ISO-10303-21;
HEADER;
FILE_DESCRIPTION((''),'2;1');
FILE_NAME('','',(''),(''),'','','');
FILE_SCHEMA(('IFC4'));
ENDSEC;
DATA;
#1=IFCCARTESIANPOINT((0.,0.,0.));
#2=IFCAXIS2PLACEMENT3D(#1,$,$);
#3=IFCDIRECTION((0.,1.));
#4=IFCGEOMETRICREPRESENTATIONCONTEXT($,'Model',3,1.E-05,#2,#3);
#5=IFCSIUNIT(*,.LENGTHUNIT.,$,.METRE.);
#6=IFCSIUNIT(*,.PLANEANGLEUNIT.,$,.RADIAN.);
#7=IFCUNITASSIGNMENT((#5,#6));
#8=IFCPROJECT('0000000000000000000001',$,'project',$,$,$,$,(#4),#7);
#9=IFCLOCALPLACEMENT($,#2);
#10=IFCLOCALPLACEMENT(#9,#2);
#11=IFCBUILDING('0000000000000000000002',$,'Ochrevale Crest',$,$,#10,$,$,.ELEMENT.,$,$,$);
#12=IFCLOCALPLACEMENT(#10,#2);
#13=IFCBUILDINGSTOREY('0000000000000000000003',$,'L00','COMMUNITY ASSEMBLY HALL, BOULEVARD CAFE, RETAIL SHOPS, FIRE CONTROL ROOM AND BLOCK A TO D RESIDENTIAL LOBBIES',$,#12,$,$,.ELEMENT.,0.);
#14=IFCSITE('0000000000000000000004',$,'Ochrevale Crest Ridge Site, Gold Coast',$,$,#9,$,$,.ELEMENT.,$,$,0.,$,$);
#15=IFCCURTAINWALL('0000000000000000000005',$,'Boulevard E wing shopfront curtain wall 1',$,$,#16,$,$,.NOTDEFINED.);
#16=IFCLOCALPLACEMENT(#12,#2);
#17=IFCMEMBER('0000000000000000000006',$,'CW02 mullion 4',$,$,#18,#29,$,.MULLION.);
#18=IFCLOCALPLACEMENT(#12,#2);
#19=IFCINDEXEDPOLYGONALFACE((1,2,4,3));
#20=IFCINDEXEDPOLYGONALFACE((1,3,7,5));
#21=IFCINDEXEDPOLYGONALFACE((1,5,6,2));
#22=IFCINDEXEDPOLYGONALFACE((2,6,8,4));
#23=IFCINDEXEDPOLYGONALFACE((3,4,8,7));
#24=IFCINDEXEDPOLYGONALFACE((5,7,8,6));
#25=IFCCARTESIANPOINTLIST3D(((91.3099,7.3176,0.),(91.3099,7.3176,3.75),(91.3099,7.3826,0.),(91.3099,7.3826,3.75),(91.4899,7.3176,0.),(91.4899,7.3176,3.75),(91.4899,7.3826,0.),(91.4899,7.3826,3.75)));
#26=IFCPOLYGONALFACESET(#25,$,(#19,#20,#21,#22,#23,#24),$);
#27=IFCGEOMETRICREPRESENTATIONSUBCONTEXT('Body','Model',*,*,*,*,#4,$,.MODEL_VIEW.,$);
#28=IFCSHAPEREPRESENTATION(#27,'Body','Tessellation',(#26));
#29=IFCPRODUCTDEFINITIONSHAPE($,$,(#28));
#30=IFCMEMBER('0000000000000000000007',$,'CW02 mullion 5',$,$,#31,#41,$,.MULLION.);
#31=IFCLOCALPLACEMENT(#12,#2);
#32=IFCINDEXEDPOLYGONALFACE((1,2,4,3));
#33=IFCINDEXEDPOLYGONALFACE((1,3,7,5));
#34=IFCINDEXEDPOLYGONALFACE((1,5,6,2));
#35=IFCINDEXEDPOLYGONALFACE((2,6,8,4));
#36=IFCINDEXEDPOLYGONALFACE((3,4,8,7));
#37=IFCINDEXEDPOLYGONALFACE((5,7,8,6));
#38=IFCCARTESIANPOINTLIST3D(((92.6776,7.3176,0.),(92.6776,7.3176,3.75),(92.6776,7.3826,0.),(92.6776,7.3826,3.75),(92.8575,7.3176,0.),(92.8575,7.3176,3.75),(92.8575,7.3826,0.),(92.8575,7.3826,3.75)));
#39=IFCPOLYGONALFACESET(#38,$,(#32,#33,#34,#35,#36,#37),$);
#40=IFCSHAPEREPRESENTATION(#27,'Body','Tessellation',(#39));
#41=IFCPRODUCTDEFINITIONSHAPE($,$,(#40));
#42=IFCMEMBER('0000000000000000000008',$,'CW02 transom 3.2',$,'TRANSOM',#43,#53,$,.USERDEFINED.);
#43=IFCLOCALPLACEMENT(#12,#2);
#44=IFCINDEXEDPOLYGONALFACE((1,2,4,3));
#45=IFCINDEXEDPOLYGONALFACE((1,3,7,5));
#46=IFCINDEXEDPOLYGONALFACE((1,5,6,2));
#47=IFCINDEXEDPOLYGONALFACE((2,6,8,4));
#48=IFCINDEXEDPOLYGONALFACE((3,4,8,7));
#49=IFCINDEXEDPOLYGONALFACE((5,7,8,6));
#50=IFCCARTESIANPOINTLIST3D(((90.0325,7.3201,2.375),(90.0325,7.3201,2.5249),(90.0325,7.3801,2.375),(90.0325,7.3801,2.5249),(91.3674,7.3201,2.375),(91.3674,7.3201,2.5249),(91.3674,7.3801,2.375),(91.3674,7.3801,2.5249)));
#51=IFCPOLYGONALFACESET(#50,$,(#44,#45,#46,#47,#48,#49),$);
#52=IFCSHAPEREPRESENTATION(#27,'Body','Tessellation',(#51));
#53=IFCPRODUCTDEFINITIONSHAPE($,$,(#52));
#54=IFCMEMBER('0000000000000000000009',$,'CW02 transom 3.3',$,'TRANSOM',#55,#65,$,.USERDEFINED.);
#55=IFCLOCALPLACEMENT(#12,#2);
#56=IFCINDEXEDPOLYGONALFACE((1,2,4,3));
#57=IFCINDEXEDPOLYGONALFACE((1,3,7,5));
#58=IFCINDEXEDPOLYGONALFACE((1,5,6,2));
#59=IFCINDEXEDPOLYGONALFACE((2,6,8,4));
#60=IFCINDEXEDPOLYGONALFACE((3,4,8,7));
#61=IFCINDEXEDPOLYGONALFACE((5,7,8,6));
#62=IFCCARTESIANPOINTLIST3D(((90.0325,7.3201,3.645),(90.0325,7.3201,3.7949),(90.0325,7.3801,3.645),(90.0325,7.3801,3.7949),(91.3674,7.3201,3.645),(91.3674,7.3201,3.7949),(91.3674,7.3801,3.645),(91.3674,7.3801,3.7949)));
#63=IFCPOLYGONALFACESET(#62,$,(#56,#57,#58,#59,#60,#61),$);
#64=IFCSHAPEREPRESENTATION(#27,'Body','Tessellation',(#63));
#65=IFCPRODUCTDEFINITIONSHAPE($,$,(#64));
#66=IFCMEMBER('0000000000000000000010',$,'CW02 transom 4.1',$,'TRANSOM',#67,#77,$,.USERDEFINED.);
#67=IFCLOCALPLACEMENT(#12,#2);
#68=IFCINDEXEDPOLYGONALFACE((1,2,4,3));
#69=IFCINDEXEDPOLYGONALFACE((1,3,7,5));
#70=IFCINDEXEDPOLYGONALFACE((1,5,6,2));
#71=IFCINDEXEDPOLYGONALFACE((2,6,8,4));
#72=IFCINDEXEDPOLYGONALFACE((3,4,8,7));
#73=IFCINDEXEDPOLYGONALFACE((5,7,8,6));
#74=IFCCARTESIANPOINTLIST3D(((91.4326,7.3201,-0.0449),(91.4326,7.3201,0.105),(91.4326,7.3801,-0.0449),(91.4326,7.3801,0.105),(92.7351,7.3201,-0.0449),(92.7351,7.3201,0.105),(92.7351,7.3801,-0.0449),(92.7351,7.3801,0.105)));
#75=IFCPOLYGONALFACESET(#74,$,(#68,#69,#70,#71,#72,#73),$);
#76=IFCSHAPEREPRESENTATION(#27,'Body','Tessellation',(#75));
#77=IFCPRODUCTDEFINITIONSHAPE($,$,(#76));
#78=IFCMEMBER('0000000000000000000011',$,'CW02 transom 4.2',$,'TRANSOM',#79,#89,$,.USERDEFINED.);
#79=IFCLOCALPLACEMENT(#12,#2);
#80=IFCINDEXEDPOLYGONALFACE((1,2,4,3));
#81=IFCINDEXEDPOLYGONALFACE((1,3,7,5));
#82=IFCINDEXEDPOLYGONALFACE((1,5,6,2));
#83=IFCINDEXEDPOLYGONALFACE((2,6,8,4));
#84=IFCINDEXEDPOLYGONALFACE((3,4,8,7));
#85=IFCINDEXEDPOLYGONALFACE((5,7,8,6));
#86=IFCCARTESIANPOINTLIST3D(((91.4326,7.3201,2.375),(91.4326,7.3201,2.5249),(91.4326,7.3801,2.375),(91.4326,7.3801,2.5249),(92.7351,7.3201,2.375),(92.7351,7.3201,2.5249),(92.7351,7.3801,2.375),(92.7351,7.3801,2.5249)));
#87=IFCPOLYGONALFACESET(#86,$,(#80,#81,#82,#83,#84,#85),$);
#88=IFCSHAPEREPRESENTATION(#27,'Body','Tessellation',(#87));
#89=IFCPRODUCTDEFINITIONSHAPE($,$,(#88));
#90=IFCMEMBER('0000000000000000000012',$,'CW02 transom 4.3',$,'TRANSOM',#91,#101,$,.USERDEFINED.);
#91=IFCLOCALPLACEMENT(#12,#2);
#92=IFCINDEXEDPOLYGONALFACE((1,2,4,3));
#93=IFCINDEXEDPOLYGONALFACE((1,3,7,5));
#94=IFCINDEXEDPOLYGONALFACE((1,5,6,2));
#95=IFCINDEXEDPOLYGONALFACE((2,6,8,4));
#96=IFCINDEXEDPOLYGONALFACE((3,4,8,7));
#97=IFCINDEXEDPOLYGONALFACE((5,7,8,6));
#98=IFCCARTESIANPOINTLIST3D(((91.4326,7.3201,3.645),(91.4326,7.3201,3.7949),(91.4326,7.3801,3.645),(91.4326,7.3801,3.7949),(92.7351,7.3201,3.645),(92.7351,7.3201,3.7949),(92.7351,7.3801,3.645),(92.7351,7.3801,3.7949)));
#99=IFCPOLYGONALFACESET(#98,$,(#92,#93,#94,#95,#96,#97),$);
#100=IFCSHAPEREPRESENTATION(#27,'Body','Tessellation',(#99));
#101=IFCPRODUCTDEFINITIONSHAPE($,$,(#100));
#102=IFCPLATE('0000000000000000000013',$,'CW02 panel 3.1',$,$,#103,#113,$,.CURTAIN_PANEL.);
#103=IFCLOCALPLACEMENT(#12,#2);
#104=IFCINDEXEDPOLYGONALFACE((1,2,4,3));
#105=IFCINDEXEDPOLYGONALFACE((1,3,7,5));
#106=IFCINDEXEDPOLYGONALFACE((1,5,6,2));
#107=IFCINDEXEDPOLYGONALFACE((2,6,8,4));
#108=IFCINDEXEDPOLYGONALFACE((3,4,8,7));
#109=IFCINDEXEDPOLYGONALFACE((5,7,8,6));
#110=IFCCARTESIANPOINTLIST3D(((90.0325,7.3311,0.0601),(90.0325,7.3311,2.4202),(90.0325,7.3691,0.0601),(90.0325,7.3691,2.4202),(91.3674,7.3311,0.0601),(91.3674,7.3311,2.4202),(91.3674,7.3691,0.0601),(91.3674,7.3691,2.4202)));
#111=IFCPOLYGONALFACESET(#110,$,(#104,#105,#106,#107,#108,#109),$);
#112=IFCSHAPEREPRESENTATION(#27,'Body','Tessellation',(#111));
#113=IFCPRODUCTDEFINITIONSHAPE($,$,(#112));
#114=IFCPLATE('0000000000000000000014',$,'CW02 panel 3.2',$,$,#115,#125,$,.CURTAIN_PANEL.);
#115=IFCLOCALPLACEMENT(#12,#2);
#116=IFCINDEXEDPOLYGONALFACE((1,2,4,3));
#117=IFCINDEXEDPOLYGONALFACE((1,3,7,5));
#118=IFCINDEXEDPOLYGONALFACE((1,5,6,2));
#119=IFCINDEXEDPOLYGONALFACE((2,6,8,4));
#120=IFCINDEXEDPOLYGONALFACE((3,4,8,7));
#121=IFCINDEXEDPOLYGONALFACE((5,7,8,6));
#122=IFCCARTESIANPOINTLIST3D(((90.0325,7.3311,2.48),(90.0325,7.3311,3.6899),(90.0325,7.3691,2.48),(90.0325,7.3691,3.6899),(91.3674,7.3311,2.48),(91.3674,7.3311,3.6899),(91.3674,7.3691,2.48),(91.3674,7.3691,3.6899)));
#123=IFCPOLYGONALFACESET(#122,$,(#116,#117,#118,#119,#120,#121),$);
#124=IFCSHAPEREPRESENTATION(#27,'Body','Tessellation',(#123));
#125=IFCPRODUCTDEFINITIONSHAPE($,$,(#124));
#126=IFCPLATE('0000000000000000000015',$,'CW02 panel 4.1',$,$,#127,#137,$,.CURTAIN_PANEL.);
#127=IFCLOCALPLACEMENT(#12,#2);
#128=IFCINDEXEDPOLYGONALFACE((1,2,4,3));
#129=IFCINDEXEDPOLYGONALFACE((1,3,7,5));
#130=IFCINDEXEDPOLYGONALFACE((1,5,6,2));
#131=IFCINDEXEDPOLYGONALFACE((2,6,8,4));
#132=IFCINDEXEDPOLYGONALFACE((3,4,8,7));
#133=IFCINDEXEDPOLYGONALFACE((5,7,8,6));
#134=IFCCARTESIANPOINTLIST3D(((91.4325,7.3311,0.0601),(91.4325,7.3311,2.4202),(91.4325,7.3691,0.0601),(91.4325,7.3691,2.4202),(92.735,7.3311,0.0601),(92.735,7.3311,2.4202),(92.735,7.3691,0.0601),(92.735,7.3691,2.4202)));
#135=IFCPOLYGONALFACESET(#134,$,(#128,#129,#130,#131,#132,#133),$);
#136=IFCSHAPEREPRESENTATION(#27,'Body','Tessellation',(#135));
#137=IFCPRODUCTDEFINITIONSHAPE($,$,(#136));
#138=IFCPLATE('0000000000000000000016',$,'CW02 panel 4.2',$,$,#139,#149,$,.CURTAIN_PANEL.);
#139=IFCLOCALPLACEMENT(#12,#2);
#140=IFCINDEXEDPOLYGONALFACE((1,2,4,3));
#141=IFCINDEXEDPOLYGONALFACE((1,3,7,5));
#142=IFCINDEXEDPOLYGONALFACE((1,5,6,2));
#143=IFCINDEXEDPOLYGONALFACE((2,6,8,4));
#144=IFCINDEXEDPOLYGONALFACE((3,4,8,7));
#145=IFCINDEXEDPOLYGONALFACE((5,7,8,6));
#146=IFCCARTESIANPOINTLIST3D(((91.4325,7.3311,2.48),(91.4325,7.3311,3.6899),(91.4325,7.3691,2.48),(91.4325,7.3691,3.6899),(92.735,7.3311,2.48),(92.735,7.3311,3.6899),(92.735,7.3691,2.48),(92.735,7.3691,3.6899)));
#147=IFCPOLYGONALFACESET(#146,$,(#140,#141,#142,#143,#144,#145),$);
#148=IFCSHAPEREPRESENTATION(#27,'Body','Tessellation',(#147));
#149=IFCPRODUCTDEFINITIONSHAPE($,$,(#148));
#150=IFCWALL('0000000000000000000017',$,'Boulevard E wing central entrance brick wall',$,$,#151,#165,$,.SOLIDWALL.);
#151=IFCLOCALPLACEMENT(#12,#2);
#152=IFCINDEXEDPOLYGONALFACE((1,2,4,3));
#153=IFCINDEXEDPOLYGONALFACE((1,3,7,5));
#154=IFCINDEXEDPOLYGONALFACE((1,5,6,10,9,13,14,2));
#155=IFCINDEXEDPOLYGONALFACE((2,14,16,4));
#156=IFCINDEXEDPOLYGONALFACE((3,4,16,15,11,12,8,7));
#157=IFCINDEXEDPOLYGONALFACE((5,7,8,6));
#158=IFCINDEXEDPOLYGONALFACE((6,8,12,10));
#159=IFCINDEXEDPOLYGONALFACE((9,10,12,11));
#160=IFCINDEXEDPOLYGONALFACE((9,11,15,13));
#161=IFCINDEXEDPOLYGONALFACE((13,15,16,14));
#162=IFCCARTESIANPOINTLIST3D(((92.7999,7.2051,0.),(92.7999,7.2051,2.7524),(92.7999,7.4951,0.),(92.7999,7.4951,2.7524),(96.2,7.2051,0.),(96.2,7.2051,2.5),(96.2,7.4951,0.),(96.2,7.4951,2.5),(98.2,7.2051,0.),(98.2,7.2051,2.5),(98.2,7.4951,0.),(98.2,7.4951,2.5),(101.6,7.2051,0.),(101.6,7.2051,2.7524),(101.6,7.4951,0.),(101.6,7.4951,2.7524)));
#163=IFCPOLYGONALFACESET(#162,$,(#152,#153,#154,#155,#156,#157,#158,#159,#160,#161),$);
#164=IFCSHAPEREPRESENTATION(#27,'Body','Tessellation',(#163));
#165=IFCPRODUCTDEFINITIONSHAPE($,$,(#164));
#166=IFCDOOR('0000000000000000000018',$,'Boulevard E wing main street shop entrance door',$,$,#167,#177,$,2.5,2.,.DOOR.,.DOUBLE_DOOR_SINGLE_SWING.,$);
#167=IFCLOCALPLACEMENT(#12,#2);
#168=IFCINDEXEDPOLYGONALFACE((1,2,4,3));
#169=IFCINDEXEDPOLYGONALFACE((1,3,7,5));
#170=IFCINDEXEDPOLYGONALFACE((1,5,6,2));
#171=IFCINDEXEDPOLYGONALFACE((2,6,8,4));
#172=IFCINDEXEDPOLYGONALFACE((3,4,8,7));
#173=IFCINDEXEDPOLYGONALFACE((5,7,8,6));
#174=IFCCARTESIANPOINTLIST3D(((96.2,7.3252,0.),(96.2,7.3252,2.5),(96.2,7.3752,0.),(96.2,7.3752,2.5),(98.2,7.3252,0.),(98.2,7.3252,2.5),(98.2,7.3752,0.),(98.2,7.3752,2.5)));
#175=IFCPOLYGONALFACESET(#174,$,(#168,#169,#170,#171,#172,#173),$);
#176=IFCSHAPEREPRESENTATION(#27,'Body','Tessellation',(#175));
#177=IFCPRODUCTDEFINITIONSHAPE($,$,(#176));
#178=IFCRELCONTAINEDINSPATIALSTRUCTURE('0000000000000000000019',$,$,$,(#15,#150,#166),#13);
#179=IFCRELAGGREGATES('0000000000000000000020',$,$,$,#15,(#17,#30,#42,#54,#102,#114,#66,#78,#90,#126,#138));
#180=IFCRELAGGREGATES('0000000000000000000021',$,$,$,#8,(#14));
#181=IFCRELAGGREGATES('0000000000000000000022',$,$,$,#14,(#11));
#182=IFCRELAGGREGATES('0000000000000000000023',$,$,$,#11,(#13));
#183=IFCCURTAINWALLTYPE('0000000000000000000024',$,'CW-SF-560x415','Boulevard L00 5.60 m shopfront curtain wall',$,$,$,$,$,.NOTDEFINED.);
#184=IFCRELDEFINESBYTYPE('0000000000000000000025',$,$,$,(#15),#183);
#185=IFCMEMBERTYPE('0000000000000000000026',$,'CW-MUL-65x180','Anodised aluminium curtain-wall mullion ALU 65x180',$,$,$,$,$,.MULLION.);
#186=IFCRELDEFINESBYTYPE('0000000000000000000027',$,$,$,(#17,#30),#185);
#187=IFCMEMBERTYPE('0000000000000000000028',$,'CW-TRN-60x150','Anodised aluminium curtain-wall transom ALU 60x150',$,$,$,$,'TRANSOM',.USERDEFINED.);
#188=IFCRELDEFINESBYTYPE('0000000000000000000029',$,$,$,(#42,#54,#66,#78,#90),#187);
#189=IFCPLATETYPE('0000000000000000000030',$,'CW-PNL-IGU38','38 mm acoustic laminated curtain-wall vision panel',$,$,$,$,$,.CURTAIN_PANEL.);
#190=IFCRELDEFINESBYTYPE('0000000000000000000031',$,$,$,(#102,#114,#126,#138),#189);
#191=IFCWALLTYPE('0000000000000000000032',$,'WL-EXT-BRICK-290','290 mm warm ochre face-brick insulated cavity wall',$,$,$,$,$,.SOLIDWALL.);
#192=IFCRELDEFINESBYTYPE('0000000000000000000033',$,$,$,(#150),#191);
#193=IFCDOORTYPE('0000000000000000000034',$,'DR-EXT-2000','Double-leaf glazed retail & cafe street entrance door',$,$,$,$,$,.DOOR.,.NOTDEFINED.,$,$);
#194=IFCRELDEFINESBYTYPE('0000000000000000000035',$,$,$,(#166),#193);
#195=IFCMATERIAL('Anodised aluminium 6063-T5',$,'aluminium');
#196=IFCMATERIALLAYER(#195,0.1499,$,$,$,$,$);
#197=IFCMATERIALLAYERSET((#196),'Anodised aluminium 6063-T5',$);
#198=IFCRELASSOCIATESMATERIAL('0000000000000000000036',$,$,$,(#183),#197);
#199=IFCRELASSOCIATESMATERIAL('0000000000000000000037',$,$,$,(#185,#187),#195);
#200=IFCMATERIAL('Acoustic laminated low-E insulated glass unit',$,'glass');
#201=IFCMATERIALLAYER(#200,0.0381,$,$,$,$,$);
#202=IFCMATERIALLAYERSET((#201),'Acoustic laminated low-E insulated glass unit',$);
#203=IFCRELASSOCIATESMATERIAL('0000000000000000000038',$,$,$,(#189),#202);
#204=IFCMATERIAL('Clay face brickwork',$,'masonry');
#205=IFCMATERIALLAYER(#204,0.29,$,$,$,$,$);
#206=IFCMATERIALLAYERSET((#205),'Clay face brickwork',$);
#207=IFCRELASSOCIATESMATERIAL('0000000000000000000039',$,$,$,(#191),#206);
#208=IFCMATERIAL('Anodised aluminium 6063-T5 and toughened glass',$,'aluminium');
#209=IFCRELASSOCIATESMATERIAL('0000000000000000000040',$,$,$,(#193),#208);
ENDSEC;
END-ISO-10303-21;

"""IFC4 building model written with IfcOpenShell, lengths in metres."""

from ifc_helpers import new_model, si_unit, direction, frame, frame_2d, origin, origin_2d, place, context, subcontext, project, spatial, rectangle, extrude, material, layer, layer_set, material_profile, profile_set, type_object, element, fill, aggregate, save


model = new_model("IFC4")

# Units and contexts
model_context = context("Model", 3, precision=1e-05, world=origin(), true_north=direction((0.0, 1.0)))
body_context = subcontext(model_context, "Body", "Model", "MODEL_VIEW")
ifc_project = project(units=[si_unit("LENGTHUNIT", "METRE"), si_unit("PLANEANGLEUNIT", "RADIAN")], contexts=[model_context])

# Site, building, storey
site_placement = place(None, origin())
site = spatial("IfcSite", under=ifc_project, at=site_placement, Name="Ochrevale Crest Ridge Site, Gold Coast", CompositionType="ELEMENT", RefElevation=0.0)
building_placement = place(site_placement, origin())
building = spatial("IfcBuilding", under=site, at=building_placement, Name="Ochrevale Crest", CompositionType="ELEMENT")
storey_placement = place(building_placement, origin())
storey = spatial("IfcBuildingStorey", under=building, at=storey_placement, Name="L00", Description="COMMUNITY ASSEMBLY HALL, BOULEVARD CAFE, RETAIL SHOPS, FIRE CONTROL ROOM AND BLOCK A TO D RESIDENTIAL LOBBIES", CompositionType="ELEMENT", Elevation=0.0)

# Curtain wall, members, plates
ifc_material_1 = material(Name="Anodised aluminium 6063-T5", Category="aluminium")
ifc_layer_1 = layer(ifc_material_1, 0.1499)
ifc_layer_set_1 = layer_set([ifc_layer_1], Name="Anodised aluminium 6063-T5")
curtain_wall_type = type_object("IfcCurtainWallType", Name="CW-SF-560x415", Description="Boulevard L00 5.60 m shopfront curtain wall", PredefinedType="NOTDEFINED", material=ifc_layer_set_1)
curtain_wall_placement = place(storey_placement, origin())
curtain_wall = element("IfcCurtainWall", 1, at=curtain_wall_placement, inside=storey, type_object=curtain_wall_type, Name="Boulevard E wing shopfront curtain wall 1", PredefinedType="NOTDEFINED")
ifc_material_profile_1 = material_profile(ifc_material_1, rectangle(XDim=0.0649, YDim=0.1799, at=origin_2d()), Name="ALU 65x180")
ifc_profile_set_1 = profile_set([ifc_material_profile_1], Name="Anodised aluminium 6063-T5")
member_type_1 = type_object("IfcMemberType", Name="CW-MUL-65x180", Description="Anodised aluminium curtain-wall mullion ALU 65x180", PredefinedType="MULLION", material=ifc_profile_set_1)
member_1_placement = place(storey_placement, frame((91.3999, 7.3501, 0.0), z_axis=(0.0, 0.0, 1.0), x_axis=(0.0, 1.0, 0.0)))
member_1 = element("IfcMember", 2, at=member_1_placement, type_object=member_type_1, Name="CW02 mullion 4", PredefinedType="MULLION", context=body_context, shape_type="SweptSolid", body=[
    extrude(rectangle(XDim=0.0649, YDim=0.1799, at=origin_2d()), origin(), (0.0, 0.0, 1.0), 3.75),
])
member_2_placement = place(storey_placement, frame((92.7676, 7.3501, 0.0), z_axis=(0.0, 0.0, 1.0), x_axis=(0.0, 1.0, 0.0)))
member_2 = element("IfcMember", 3, at=member_2_placement, type_object=member_type_1, Name="CW02 mullion 5", PredefinedType="MULLION", context=body_context, shape_type="SweptSolid", body=[
    extrude(rectangle(XDim=0.0649, YDim=0.1799, at=origin_2d()), origin(), (0.0, 0.0, 1.0), 3.75),
])
ifc_material_profile_2 = material_profile(ifc_material_1, rectangle(XDim=0.0601, YDim=0.1499, at=origin_2d()), Name="ALU 60x150")
ifc_profile_set_2 = profile_set([ifc_material_profile_2], Name="Anodised aluminium 6063-T5")
member_type_2 = type_object("IfcMemberType", Name="CW-TRN-60x150", Description="Anodised aluminium curtain-wall transom ALU 60x150", ElementType="TRANSOM", PredefinedType="USERDEFINED", material=ifc_profile_set_2)
member_3_placement = place(storey_placement, frame((90.0325, 7.3501, 2.45), z_axis=(1.0, 0.0, 0.0), x_axis=(0.0, 1.0, 0.0)))
member_3 = element("IfcMember", 4, at=member_3_placement, type_object=member_type_2, Name="CW02 transom 3.2", ObjectType="TRANSOM", PredefinedType="USERDEFINED", context=body_context, shape_type="SweptSolid", body=[
    extrude(rectangle(XDim=0.0601, YDim=0.1499, at=origin_2d()), origin(), (0.0, 0.0, 1.0), 1.335),
])
member_4_placement = place(storey_placement, frame((90.0325, 7.3501, 3.72), z_axis=(1.0, 0.0, 0.0), x_axis=(0.0, 1.0, 0.0)))
member_4 = element("IfcMember", 5, at=member_4_placement, type_object=member_type_2, Name="CW02 transom 3.3", ObjectType="TRANSOM", PredefinedType="USERDEFINED", context=body_context, shape_type="SweptSolid", body=[
    extrude(rectangle(XDim=0.0601, YDim=0.1499, at=origin_2d()), origin(), (0.0, 0.0, 1.0), 1.335),
])
member_5_placement = place(storey_placement, frame((91.4326, 7.3501, 0.03), z_axis=(1.0, 0.0, 0.0), x_axis=(0.0, 1.0, 0.0)))
member_5 = element("IfcMember", 6, at=member_5_placement, type_object=member_type_2, Name="CW02 transom 4.1", ObjectType="TRANSOM", PredefinedType="USERDEFINED", context=body_context, shape_type="SweptSolid", body=[
    extrude(rectangle(XDim=0.0601, YDim=0.1499, at=origin_2d()), origin(), (0.0, 0.0, 1.0), 1.3025),
])
member_6_placement = place(storey_placement, frame((91.4326, 7.3501, 2.45), z_axis=(1.0, 0.0, 0.0), x_axis=(0.0, 1.0, 0.0)))
member_6 = element("IfcMember", 7, at=member_6_placement, type_object=member_type_2, Name="CW02 transom 4.2", ObjectType="TRANSOM", PredefinedType="USERDEFINED", context=body_context, shape_type="SweptSolid", body=[
    extrude(rectangle(XDim=0.0601, YDim=0.1499, at=origin_2d()), origin(), (0.0, 0.0, 1.0), 1.3025),
])
member_7_placement = place(storey_placement, frame((91.4326, 7.3501, 3.72), z_axis=(1.0, 0.0, 0.0), x_axis=(0.0, 1.0, 0.0)))
member_7 = element("IfcMember", 8, at=member_7_placement, type_object=member_type_2, Name="CW02 transom 4.3", ObjectType="TRANSOM", PredefinedType="USERDEFINED", context=body_context, shape_type="SweptSolid", body=[
    extrude(rectangle(XDim=0.0601, YDim=0.1499, at=origin_2d()), origin(), (0.0, 0.0, 1.0), 1.3025),
])
ifc_material_2 = material(Name="Acoustic laminated low-E insulated glass unit", Category="glass")
ifc_layer_2 = layer(ifc_material_2, 0.0381)
ifc_layer_set_2 = layer_set([ifc_layer_2], Name="Acoustic laminated low-E insulated glass unit")
plate_type = type_object("IfcPlateType", Name="CW-PNL-IGU38", Description="38 mm acoustic laminated curtain-wall vision panel", PredefinedType="CURTAIN_PANEL", material=ifc_layer_set_2)
plate_1_placement = place(storey_placement, frame((90.7, 7.3501, 0.0601), z_axis=(0.0, 0.0, 1.0), x_axis=(1.0, 0.0, 0.0)))
plate_1 = element("IfcPlate", 9, at=plate_1_placement, type_object=plate_type, Name="CW02 panel 3.1", PredefinedType="CURTAIN_PANEL", context=body_context, shape_type="SweptSolid", body=[
    extrude(rectangle(XDim=1.335, YDim=0.0381, at=origin_2d()), origin(), (0.0, 0.0, 1.0), 2.3601),
])
plate_2_placement = place(storey_placement, frame((90.7, 7.3501, 2.48), z_axis=(0.0, 0.0, 1.0), x_axis=(1.0, 0.0, 0.0)))
plate_2 = element("IfcPlate", 10, at=plate_2_placement, type_object=plate_type, Name="CW02 panel 3.2", PredefinedType="CURTAIN_PANEL", context=body_context, shape_type="SweptSolid", body=[
    extrude(rectangle(XDim=1.335, YDim=0.0381, at=origin_2d()), origin(), (0.0, 0.0, 1.0), 1.21),
])
plate_3_placement = place(storey_placement, frame((92.0837, 7.3501, 0.0601), z_axis=(0.0, 0.0, 1.0), x_axis=(1.0, 0.0, 0.0)))
plate_3 = element("IfcPlate", 11, at=plate_3_placement, type_object=plate_type, Name="CW02 panel 4.1", PredefinedType="CURTAIN_PANEL", context=body_context, shape_type="SweptSolid", body=[
    extrude(rectangle(XDim=1.3025, YDim=0.0381, at=origin_2d()), origin(), (0.0, 0.0, 1.0), 2.3601),
])
plate_4_placement = place(storey_placement, frame((92.0837, 7.3501, 2.48), z_axis=(0.0, 0.0, 1.0), x_axis=(1.0, 0.0, 0.0)))
plate_4 = element("IfcPlate", 12, at=plate_4_placement, type_object=plate_type, Name="CW02 panel 4.2", PredefinedType="CURTAIN_PANEL", context=body_context, shape_type="SweptSolid", body=[
    extrude(rectangle(XDim=1.3025, YDim=0.0381, at=origin_2d()), origin(), (0.0, 0.0, 1.0), 1.21),
])
aggregate(curtain_wall, [member_1, member_2, member_3, member_4, plate_1, plate_2, member_5, member_6, member_7, plate_3, plate_4])

# Wall, opening, door
ifc_material_3 = material(Name="Clay face brickwork", Category="masonry")
ifc_layer_3 = layer(ifc_material_3, 0.29)
ifc_layer_set_3 = layer_set([ifc_layer_3], Name="Clay face brickwork")
wall_type_1 = type_object("IfcWallType", Name="WL-EXT-BRICK-290", Description="290 mm warm ochre face-brick insulated cavity wall", PredefinedType="SOLIDWALL", material=ifc_layer_set_3)
wall_1_placement = place(storey_placement, frame((92.8, 7.3501, 0.0), z_axis=(0.0, 0.0, 1.0), x_axis=(1.0, 0.0, 0.0)))
wall_1 = element("IfcWall", 13, at=wall_1_placement, inside=storey, type_object=wall_type_1, Name="Boulevard E wing central entrance brick wall", PredefinedType="SOLIDWALL", context=body_context, shape_type="SweptSolid", body=[
    extrude(rectangle(XDim=8.8, YDim=0.29, at=frame_2d((4.3999, 0.0))), origin(), (0.0, 0.0, 1.0), 2.7524),
])
opening_placement = place(wall_1_placement, frame((5.3999, 0.0, 0.0), z_axis=(0.0, 0.0, 1.0), x_axis=(-1.0, 0.0, 0.0)))
opening = element("IfcOpeningElement", 14, at=opening_placement, cuts=wall_1, PredefinedType="OPENING", context=body_context, shape_type="SweptSolid", body=[
    extrude(rectangle(XDim=2.0, YDim=2.5, at=frame_2d((1.0, 1.25))), frame((0.0, 0.155, 0.0), z_axis=(0.0, -1.0, 0.0), x_axis=(1.0, 0.0, 0.0)), (0.0, 0.0, 1.0), 0.3101),
])
ifc_material_4 = material(Name="Anodised aluminium 6063-T5 and toughened glass", Category="aluminium")
door_type = type_object("IfcDoorType", Name="DR-EXT-2000", Description="Double-leaf glazed retail & cafe street entrance door", OperationType="NOTDEFINED", PredefinedType="DOOR", material=ifc_material_4)
door_placement = place(opening_placement, origin())
door = element("IfcDoor", 15, at=door_placement, inside=storey, type_object=door_type, Name="Boulevard E wing main street shop entrance door", OperationType="DOUBLE_DOOR_SINGLE_SWING", OverallHeight=2.5, OverallWidth=2.0, PredefinedType="DOOR", context=body_context, shape_type="SweptSolid", body=[
    extrude(rectangle(XDim=2.0, YDim=2.5, at=frame_2d((1.0, 1.25))), frame((0.0, 0.0249, 0.0), z_axis=(0.0, -1.0, 0.0), x_axis=(1.0, 0.0, 0.0)), (0.0, 0.0, 1.0), 0.05),
])
fill(opening, door)

save(model, "model.ifc")
